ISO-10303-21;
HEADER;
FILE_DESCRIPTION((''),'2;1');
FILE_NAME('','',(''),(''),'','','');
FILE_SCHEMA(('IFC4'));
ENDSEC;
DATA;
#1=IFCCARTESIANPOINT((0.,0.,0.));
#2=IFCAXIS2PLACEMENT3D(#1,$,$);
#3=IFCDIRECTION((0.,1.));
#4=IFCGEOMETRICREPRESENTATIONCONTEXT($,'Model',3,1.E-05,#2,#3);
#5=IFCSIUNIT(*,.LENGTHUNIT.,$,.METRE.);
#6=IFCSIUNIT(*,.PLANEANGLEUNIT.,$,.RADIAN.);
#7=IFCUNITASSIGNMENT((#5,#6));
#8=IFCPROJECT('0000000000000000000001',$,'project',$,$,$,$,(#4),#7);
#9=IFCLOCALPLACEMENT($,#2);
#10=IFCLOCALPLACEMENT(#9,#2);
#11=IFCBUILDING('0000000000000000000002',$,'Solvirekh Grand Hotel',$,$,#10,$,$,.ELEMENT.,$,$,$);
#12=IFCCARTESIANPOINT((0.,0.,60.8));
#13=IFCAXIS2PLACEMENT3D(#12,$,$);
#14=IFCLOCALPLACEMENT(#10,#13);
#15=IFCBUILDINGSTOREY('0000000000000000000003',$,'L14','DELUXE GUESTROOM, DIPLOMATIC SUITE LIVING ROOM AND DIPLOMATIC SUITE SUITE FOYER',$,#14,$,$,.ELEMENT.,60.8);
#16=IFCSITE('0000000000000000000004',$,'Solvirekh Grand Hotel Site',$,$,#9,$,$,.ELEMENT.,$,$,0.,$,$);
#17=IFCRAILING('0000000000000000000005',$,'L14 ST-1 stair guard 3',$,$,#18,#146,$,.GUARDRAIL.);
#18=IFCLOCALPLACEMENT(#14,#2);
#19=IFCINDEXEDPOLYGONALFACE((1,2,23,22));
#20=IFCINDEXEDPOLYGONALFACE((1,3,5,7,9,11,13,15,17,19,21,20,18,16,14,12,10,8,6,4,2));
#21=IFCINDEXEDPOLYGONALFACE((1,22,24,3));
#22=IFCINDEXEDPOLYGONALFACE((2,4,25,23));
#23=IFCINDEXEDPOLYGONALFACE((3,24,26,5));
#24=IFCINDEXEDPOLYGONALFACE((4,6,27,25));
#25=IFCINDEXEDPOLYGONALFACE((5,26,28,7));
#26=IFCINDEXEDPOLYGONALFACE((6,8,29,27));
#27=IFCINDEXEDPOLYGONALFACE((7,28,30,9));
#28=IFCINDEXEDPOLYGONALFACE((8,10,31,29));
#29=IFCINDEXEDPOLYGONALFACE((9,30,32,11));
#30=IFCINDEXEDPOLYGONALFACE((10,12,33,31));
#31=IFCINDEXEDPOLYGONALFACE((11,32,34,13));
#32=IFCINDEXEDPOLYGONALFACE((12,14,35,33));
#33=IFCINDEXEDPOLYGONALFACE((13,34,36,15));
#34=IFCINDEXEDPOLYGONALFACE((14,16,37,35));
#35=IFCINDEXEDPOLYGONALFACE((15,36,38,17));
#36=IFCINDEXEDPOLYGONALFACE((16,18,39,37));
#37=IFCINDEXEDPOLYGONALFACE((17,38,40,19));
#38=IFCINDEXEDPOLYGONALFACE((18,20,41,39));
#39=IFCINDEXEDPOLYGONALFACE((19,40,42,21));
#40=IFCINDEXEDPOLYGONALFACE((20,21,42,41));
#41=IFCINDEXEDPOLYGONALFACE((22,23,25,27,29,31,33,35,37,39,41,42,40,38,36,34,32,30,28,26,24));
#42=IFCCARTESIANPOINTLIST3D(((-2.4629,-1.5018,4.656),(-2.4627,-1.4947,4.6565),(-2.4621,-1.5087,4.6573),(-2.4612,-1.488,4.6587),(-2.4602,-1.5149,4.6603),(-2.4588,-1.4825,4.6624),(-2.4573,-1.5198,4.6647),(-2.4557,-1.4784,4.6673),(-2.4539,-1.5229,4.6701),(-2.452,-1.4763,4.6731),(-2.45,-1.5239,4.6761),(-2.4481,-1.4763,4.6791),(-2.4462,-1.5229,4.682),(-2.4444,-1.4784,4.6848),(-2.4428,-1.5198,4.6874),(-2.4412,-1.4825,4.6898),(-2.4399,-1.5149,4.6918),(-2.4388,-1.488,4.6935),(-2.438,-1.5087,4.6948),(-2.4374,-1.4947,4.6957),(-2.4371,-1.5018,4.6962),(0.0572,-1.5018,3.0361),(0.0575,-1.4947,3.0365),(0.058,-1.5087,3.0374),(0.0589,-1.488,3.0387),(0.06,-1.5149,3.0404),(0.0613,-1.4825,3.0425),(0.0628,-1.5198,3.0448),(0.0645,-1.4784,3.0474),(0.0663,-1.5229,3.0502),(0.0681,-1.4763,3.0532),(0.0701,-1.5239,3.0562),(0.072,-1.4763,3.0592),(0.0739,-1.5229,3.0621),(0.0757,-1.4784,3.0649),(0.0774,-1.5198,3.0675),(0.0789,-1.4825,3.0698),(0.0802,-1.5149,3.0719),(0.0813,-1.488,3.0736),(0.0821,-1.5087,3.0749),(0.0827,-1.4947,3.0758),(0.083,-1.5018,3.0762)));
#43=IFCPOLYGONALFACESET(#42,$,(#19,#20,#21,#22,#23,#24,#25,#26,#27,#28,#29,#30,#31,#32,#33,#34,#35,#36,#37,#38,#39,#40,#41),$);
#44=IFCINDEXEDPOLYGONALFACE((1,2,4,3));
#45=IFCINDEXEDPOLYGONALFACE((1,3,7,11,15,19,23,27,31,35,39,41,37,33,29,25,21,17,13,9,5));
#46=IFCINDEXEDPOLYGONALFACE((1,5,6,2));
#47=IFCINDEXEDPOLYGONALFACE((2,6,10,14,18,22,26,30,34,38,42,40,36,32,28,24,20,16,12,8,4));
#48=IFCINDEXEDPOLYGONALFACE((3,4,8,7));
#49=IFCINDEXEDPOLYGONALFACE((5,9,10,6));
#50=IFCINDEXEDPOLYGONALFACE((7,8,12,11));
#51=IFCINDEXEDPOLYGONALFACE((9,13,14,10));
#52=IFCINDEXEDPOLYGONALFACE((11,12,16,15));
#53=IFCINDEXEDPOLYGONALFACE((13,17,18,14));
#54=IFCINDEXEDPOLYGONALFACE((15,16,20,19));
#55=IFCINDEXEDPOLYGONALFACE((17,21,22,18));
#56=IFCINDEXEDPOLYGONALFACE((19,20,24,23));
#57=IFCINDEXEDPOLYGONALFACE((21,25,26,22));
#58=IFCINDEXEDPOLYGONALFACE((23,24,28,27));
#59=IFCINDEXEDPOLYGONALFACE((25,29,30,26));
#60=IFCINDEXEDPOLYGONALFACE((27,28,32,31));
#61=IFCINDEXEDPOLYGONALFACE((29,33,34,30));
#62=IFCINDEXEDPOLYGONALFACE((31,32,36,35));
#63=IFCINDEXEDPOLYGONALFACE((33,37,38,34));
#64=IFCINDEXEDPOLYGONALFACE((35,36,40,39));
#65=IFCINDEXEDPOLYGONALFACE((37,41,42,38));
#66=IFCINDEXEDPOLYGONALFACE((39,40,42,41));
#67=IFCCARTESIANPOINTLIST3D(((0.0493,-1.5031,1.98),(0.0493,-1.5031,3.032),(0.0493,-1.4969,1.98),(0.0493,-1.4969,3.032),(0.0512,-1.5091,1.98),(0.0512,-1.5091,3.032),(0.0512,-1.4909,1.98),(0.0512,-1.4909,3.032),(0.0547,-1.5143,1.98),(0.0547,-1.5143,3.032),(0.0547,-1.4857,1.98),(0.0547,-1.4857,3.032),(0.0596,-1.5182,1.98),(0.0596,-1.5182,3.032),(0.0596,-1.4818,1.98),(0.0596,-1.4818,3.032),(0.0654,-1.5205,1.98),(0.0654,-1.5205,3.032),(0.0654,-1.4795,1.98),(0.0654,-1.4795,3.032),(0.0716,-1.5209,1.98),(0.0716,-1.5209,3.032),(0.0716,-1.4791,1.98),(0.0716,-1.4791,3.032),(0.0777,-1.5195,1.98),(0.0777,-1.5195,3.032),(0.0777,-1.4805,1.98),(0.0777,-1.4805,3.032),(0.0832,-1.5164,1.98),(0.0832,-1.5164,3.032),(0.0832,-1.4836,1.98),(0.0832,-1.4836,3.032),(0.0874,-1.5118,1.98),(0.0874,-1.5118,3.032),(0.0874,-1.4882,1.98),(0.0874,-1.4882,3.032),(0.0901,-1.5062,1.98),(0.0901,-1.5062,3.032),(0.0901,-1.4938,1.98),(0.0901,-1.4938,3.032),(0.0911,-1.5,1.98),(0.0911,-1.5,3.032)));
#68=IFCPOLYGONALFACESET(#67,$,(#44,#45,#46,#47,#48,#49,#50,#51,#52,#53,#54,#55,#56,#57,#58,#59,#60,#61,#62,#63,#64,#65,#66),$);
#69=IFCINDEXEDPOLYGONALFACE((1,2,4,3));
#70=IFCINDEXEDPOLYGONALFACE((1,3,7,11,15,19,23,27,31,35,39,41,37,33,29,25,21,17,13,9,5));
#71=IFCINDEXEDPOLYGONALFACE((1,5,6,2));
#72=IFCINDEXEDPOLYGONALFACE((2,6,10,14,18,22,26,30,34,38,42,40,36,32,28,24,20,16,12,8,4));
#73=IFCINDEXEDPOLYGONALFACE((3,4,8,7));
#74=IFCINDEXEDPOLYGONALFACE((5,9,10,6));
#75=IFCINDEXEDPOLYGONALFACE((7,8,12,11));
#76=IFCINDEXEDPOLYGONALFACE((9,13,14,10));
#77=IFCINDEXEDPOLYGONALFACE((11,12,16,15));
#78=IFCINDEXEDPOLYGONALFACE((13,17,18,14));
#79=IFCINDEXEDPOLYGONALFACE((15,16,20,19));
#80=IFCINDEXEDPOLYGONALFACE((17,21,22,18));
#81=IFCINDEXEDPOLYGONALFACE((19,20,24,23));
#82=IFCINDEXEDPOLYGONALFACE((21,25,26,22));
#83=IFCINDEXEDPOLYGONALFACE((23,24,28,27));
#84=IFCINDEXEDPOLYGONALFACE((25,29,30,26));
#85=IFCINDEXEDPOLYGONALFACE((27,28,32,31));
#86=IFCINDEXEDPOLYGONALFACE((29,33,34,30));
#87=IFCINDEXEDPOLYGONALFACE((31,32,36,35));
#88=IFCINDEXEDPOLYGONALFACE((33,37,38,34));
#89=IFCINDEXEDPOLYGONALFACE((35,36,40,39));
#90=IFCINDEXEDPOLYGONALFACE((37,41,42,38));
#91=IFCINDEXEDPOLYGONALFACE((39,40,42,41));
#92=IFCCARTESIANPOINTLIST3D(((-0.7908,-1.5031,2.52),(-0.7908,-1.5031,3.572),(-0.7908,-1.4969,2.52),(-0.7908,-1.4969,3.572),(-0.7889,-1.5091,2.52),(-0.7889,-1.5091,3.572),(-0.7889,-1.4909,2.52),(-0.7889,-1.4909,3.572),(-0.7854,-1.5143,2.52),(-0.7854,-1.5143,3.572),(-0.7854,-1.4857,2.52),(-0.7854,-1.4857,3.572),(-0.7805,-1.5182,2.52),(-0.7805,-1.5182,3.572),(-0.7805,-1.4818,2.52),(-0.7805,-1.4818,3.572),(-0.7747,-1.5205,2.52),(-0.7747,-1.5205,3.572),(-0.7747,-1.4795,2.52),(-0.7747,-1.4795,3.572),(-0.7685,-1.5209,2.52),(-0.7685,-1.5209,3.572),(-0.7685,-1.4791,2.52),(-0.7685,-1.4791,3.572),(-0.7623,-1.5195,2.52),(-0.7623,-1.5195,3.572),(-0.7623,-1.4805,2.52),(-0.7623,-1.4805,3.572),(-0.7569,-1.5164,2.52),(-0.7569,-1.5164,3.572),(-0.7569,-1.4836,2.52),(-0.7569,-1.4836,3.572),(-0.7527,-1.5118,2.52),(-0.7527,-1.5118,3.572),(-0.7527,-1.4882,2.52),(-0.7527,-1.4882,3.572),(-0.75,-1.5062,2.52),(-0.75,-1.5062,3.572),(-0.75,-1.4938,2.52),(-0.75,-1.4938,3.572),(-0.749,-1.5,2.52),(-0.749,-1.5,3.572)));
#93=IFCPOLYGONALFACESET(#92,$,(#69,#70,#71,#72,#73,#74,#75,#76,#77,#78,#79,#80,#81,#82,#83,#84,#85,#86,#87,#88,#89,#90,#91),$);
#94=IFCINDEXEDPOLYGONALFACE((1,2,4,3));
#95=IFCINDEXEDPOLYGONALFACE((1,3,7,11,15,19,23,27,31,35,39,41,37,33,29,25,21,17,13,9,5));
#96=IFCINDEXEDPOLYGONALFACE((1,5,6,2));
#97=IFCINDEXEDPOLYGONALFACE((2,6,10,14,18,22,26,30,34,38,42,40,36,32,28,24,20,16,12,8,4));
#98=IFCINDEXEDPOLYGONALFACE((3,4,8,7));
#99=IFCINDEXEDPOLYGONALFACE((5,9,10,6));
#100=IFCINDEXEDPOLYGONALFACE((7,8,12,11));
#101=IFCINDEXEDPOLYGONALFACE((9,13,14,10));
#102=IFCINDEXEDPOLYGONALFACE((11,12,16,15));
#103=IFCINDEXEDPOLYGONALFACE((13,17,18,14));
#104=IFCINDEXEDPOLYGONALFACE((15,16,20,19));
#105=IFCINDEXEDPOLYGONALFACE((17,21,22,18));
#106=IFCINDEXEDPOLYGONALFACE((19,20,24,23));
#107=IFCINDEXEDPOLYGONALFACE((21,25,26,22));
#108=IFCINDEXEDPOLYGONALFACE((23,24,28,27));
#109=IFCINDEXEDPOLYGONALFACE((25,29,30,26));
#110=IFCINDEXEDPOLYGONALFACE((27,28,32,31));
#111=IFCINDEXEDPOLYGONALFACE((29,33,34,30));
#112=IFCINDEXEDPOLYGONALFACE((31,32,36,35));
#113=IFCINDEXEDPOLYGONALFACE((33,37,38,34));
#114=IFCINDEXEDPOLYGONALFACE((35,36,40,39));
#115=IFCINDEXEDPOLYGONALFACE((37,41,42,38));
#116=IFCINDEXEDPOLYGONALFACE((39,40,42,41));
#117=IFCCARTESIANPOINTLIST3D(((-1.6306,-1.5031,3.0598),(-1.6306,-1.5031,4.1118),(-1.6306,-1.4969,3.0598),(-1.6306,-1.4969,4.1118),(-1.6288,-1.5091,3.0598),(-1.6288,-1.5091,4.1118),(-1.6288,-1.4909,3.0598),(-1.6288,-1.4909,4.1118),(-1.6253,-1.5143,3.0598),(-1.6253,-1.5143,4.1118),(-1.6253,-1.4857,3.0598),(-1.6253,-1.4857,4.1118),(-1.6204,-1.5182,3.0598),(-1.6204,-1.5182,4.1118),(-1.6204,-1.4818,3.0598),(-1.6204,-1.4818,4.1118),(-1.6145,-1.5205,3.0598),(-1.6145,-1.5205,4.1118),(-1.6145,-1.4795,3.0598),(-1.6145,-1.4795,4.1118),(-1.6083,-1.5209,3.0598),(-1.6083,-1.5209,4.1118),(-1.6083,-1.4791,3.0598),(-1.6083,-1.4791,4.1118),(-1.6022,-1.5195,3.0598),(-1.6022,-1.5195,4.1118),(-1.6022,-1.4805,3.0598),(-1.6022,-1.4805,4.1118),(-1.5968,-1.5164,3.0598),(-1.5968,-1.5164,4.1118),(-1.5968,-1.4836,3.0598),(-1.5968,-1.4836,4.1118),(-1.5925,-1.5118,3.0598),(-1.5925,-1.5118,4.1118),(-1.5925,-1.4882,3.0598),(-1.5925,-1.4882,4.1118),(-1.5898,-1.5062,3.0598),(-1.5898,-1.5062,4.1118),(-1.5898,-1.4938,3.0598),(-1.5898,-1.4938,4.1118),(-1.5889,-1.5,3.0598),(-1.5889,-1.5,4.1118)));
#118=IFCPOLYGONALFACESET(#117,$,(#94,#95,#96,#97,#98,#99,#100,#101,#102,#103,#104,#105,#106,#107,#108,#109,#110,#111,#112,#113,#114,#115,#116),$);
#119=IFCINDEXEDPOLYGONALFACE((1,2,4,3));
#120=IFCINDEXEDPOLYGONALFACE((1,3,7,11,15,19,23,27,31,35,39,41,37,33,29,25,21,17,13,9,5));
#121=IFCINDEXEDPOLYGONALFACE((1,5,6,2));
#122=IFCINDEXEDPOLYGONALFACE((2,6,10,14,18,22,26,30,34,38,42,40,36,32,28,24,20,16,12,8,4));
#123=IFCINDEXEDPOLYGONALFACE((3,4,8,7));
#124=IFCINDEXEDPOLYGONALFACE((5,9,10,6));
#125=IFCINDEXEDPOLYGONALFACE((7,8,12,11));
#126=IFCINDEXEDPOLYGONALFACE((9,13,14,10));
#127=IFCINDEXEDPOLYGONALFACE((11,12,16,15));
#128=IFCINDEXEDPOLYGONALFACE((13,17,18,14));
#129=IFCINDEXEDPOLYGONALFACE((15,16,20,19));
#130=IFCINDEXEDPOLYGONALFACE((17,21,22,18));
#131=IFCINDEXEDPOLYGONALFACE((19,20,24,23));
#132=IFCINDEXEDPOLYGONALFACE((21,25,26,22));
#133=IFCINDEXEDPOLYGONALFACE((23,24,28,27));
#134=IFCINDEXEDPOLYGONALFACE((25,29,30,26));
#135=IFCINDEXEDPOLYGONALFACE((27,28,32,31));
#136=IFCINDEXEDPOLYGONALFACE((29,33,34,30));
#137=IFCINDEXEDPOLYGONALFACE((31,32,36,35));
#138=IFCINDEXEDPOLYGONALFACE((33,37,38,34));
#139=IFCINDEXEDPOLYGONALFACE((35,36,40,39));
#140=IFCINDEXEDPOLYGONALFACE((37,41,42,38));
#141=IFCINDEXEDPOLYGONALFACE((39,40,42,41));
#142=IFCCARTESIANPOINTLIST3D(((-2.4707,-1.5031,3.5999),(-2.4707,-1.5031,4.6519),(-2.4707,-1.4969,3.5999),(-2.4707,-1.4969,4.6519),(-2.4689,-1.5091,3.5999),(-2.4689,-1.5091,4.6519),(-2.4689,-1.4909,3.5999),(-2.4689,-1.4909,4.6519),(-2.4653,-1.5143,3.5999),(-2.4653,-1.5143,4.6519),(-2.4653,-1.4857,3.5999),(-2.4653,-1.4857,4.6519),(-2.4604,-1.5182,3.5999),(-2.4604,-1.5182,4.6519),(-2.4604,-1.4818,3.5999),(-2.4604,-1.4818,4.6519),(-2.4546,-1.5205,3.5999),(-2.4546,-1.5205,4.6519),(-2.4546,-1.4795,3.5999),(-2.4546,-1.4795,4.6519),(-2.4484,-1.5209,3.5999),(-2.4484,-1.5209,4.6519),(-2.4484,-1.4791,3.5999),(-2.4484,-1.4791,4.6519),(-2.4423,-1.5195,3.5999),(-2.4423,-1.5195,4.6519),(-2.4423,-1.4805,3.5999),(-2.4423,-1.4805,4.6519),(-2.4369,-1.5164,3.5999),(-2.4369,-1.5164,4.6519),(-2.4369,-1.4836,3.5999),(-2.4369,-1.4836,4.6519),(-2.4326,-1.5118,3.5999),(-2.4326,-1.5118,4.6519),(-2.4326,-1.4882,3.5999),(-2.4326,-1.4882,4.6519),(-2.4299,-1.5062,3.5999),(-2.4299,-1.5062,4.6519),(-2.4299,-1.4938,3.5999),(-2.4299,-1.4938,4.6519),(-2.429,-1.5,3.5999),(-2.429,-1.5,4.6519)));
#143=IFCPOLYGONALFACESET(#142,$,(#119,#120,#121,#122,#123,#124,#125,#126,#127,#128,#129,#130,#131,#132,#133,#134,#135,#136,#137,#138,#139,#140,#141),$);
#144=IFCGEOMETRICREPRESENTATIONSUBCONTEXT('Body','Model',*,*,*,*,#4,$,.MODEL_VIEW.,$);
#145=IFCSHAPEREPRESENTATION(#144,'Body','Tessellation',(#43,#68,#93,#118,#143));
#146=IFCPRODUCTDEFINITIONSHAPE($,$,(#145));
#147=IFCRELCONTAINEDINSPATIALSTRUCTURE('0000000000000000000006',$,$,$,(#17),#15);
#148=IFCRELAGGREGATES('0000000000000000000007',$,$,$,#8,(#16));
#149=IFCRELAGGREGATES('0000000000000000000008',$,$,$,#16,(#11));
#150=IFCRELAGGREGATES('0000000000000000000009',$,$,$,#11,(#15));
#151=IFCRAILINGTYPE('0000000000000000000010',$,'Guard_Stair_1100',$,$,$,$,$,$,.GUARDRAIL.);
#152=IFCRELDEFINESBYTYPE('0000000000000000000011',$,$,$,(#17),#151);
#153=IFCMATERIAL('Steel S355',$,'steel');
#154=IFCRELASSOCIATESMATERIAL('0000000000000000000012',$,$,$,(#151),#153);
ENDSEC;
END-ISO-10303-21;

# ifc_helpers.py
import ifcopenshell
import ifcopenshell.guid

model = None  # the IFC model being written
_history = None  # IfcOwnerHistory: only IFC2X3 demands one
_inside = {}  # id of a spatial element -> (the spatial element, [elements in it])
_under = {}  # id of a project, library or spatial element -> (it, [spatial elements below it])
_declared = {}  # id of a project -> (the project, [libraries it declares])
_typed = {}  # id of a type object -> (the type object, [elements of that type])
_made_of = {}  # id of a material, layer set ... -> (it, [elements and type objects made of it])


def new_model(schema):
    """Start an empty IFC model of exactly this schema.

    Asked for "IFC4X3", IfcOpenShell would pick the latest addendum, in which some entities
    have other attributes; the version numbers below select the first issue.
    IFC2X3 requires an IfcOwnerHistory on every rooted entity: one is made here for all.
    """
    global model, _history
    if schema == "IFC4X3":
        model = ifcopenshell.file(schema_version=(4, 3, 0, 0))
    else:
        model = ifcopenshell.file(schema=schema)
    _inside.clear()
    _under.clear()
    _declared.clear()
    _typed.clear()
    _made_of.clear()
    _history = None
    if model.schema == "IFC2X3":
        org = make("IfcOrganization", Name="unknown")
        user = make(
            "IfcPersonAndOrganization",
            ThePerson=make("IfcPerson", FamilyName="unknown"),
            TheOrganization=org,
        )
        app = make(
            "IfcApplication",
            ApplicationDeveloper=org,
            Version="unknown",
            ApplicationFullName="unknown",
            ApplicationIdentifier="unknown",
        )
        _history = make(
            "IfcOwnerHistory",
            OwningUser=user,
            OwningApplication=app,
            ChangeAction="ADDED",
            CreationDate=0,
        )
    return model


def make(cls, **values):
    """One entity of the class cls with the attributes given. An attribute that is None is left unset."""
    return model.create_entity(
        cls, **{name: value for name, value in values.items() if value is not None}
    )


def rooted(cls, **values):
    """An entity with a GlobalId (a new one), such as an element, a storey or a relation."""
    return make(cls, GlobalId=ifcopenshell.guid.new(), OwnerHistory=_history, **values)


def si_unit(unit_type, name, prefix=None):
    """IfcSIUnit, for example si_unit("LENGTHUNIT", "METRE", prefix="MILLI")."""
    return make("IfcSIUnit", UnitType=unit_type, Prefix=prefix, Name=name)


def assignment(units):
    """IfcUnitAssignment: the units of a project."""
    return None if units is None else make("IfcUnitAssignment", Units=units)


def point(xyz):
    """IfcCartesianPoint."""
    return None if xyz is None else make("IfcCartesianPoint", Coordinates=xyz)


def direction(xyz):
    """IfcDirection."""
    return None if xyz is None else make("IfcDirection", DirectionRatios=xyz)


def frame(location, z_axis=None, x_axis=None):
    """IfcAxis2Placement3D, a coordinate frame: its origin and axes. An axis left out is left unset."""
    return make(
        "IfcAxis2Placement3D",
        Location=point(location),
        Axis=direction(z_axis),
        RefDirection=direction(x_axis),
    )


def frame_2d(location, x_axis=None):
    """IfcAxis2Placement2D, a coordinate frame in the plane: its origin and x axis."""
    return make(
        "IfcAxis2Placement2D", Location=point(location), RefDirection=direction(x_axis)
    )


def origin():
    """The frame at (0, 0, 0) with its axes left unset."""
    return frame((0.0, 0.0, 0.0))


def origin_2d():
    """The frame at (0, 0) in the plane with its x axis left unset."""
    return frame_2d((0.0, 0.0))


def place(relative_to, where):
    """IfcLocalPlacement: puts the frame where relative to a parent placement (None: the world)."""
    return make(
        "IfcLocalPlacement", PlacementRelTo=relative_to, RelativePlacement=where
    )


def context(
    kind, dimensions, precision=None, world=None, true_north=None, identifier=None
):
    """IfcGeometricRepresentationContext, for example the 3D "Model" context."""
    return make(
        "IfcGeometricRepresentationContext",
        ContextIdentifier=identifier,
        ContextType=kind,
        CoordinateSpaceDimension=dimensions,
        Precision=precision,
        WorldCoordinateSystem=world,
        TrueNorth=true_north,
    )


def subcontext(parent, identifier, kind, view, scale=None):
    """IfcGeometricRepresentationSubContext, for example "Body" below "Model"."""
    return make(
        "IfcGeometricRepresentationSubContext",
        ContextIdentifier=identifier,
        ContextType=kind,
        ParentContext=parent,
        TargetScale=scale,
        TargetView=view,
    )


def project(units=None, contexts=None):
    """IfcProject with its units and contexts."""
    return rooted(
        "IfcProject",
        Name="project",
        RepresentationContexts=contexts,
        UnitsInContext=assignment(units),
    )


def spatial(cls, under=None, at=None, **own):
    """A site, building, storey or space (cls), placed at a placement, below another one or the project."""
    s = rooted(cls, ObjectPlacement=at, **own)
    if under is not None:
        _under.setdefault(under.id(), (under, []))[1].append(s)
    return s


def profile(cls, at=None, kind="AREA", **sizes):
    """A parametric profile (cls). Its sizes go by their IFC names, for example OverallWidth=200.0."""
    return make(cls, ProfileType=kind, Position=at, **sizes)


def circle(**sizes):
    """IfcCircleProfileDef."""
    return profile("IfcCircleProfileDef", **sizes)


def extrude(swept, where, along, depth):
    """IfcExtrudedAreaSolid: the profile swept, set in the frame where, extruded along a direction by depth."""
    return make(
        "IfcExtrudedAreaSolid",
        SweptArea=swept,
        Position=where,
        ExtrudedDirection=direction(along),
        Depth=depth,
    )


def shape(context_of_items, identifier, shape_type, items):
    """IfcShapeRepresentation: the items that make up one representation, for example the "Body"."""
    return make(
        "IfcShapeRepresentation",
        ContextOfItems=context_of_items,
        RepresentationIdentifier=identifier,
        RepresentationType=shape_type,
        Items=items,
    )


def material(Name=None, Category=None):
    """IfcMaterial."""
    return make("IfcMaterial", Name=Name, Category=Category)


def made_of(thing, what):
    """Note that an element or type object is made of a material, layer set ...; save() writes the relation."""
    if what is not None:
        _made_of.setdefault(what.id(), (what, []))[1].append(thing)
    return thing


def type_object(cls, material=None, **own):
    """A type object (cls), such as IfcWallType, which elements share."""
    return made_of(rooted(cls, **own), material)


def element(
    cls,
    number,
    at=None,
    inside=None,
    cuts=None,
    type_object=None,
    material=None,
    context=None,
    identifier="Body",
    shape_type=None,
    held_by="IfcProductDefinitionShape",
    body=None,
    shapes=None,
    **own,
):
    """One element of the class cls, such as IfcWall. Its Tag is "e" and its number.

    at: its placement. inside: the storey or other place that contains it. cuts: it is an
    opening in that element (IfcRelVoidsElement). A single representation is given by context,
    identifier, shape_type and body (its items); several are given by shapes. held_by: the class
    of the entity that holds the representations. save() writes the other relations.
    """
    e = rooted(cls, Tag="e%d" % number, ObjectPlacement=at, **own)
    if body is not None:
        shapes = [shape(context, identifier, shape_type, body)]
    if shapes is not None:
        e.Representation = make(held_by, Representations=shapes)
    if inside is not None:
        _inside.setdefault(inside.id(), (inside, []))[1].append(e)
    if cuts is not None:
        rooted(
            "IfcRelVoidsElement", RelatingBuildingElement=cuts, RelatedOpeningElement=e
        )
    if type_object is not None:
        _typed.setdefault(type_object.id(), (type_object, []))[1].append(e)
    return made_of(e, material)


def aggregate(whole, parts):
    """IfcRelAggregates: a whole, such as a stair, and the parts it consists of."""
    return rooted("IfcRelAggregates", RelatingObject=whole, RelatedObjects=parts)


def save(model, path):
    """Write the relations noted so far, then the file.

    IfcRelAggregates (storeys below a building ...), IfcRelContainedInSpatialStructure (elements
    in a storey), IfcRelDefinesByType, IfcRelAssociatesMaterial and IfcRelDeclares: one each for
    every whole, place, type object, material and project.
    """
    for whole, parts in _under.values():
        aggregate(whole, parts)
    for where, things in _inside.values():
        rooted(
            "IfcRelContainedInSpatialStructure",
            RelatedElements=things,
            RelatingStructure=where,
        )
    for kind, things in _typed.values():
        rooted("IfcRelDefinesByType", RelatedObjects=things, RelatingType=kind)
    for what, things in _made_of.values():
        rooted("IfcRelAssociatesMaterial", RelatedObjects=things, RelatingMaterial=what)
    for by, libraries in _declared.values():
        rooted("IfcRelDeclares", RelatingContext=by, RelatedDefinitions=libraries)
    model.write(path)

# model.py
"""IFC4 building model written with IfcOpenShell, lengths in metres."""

from ifc_helpers import new_model, si_unit, direction, frame, origin, origin_2d, place, context, subcontext, project, spatial, circle, extrude, material, type_object, element, save


model = new_model("IFC4")

# Units and contexts
model_context = context("Model", 3, precision=1e-05, world=origin(), true_north=direction((0.0, 1.0)))
body_context = subcontext(model_context, "Body", "Model", "MODEL_VIEW")
ifc_project = project(units=[si_unit("LENGTHUNIT", "METRE"), si_unit("PLANEANGLEUNIT", "RADIAN")], contexts=[model_context])

# Site, building, storey
site_placement = place(None, origin())
site = spatial("IfcSite", under=ifc_project, at=site_placement, Name="Solvirekh Grand Hotel Site", CompositionType="ELEMENT", RefElevation=0.0)
building_placement = place(site_placement, origin())
building = spatial("IfcBuilding", under=site, at=building_placement, Name="Solvirekh Grand Hotel", CompositionType="ELEMENT")
storey_placement = place(building_placement, frame((0.0, 0.0, 60.8)))
storey = spatial("IfcBuildingStorey", under=building, at=storey_placement, Name="L14", Description="DELUXE GUESTROOM, DIPLOMATIC SUITE LIVING ROOM AND DIPLOMATIC SUITE SUITE FOYER", CompositionType="ELEMENT", Elevation=60.8)

# Shared definitions
ifc_material_1 = material(Name="Steel S355", Category="steel")

# Railing
railing_type_1 = type_object("IfcRailingType", Name="Guard_Stair_1100", PredefinedType="GUARDRAIL", material=ifc_material_1)
railing_1_placement = place(storey_placement, frame((0.0701, -1.5, 1.98)))
element("IfcRailing", 1, at=railing_1_placement, inside=storey, type_object=railing_type_1, Name="L14 ST-1 stair guard 3", PredefinedType="GUARDRAIL", context=body_context, shape_type="SweptSolid", body=[
    extrude(circle(Radius=0.0239, at=origin_2d()), frame((0.0, 0.0, 1.0762), z_axis=(-0.8412, 0.0, 0.540725), x_axis=(0.0, -1.0, 0.0)), (0.0, 0.0, 1.0), 2.9958),
    extrude(circle(Radius=0.021, at=origin_2d()), origin(), (0.0, 0.0, 1.0), 1.052),
    extrude(circle(Radius=0.021, at=origin_2d()), frame((-0.8401, 0.0, 0.54)), (0.0, 0.0, 1.0), 1.052),
    extrude(circle(Radius=0.021, at=origin_2d()), frame((-1.6799, 0.0, 1.0798)), (0.0, 0.0, 1.0), 1.052),
    extrude(circle(Radius=0.021, at=origin_2d()), frame((-2.52, 0.0, 1.6199)), (0.0, 0.0, 1.0), 1.052),
])

save(model, "model.ifc")
